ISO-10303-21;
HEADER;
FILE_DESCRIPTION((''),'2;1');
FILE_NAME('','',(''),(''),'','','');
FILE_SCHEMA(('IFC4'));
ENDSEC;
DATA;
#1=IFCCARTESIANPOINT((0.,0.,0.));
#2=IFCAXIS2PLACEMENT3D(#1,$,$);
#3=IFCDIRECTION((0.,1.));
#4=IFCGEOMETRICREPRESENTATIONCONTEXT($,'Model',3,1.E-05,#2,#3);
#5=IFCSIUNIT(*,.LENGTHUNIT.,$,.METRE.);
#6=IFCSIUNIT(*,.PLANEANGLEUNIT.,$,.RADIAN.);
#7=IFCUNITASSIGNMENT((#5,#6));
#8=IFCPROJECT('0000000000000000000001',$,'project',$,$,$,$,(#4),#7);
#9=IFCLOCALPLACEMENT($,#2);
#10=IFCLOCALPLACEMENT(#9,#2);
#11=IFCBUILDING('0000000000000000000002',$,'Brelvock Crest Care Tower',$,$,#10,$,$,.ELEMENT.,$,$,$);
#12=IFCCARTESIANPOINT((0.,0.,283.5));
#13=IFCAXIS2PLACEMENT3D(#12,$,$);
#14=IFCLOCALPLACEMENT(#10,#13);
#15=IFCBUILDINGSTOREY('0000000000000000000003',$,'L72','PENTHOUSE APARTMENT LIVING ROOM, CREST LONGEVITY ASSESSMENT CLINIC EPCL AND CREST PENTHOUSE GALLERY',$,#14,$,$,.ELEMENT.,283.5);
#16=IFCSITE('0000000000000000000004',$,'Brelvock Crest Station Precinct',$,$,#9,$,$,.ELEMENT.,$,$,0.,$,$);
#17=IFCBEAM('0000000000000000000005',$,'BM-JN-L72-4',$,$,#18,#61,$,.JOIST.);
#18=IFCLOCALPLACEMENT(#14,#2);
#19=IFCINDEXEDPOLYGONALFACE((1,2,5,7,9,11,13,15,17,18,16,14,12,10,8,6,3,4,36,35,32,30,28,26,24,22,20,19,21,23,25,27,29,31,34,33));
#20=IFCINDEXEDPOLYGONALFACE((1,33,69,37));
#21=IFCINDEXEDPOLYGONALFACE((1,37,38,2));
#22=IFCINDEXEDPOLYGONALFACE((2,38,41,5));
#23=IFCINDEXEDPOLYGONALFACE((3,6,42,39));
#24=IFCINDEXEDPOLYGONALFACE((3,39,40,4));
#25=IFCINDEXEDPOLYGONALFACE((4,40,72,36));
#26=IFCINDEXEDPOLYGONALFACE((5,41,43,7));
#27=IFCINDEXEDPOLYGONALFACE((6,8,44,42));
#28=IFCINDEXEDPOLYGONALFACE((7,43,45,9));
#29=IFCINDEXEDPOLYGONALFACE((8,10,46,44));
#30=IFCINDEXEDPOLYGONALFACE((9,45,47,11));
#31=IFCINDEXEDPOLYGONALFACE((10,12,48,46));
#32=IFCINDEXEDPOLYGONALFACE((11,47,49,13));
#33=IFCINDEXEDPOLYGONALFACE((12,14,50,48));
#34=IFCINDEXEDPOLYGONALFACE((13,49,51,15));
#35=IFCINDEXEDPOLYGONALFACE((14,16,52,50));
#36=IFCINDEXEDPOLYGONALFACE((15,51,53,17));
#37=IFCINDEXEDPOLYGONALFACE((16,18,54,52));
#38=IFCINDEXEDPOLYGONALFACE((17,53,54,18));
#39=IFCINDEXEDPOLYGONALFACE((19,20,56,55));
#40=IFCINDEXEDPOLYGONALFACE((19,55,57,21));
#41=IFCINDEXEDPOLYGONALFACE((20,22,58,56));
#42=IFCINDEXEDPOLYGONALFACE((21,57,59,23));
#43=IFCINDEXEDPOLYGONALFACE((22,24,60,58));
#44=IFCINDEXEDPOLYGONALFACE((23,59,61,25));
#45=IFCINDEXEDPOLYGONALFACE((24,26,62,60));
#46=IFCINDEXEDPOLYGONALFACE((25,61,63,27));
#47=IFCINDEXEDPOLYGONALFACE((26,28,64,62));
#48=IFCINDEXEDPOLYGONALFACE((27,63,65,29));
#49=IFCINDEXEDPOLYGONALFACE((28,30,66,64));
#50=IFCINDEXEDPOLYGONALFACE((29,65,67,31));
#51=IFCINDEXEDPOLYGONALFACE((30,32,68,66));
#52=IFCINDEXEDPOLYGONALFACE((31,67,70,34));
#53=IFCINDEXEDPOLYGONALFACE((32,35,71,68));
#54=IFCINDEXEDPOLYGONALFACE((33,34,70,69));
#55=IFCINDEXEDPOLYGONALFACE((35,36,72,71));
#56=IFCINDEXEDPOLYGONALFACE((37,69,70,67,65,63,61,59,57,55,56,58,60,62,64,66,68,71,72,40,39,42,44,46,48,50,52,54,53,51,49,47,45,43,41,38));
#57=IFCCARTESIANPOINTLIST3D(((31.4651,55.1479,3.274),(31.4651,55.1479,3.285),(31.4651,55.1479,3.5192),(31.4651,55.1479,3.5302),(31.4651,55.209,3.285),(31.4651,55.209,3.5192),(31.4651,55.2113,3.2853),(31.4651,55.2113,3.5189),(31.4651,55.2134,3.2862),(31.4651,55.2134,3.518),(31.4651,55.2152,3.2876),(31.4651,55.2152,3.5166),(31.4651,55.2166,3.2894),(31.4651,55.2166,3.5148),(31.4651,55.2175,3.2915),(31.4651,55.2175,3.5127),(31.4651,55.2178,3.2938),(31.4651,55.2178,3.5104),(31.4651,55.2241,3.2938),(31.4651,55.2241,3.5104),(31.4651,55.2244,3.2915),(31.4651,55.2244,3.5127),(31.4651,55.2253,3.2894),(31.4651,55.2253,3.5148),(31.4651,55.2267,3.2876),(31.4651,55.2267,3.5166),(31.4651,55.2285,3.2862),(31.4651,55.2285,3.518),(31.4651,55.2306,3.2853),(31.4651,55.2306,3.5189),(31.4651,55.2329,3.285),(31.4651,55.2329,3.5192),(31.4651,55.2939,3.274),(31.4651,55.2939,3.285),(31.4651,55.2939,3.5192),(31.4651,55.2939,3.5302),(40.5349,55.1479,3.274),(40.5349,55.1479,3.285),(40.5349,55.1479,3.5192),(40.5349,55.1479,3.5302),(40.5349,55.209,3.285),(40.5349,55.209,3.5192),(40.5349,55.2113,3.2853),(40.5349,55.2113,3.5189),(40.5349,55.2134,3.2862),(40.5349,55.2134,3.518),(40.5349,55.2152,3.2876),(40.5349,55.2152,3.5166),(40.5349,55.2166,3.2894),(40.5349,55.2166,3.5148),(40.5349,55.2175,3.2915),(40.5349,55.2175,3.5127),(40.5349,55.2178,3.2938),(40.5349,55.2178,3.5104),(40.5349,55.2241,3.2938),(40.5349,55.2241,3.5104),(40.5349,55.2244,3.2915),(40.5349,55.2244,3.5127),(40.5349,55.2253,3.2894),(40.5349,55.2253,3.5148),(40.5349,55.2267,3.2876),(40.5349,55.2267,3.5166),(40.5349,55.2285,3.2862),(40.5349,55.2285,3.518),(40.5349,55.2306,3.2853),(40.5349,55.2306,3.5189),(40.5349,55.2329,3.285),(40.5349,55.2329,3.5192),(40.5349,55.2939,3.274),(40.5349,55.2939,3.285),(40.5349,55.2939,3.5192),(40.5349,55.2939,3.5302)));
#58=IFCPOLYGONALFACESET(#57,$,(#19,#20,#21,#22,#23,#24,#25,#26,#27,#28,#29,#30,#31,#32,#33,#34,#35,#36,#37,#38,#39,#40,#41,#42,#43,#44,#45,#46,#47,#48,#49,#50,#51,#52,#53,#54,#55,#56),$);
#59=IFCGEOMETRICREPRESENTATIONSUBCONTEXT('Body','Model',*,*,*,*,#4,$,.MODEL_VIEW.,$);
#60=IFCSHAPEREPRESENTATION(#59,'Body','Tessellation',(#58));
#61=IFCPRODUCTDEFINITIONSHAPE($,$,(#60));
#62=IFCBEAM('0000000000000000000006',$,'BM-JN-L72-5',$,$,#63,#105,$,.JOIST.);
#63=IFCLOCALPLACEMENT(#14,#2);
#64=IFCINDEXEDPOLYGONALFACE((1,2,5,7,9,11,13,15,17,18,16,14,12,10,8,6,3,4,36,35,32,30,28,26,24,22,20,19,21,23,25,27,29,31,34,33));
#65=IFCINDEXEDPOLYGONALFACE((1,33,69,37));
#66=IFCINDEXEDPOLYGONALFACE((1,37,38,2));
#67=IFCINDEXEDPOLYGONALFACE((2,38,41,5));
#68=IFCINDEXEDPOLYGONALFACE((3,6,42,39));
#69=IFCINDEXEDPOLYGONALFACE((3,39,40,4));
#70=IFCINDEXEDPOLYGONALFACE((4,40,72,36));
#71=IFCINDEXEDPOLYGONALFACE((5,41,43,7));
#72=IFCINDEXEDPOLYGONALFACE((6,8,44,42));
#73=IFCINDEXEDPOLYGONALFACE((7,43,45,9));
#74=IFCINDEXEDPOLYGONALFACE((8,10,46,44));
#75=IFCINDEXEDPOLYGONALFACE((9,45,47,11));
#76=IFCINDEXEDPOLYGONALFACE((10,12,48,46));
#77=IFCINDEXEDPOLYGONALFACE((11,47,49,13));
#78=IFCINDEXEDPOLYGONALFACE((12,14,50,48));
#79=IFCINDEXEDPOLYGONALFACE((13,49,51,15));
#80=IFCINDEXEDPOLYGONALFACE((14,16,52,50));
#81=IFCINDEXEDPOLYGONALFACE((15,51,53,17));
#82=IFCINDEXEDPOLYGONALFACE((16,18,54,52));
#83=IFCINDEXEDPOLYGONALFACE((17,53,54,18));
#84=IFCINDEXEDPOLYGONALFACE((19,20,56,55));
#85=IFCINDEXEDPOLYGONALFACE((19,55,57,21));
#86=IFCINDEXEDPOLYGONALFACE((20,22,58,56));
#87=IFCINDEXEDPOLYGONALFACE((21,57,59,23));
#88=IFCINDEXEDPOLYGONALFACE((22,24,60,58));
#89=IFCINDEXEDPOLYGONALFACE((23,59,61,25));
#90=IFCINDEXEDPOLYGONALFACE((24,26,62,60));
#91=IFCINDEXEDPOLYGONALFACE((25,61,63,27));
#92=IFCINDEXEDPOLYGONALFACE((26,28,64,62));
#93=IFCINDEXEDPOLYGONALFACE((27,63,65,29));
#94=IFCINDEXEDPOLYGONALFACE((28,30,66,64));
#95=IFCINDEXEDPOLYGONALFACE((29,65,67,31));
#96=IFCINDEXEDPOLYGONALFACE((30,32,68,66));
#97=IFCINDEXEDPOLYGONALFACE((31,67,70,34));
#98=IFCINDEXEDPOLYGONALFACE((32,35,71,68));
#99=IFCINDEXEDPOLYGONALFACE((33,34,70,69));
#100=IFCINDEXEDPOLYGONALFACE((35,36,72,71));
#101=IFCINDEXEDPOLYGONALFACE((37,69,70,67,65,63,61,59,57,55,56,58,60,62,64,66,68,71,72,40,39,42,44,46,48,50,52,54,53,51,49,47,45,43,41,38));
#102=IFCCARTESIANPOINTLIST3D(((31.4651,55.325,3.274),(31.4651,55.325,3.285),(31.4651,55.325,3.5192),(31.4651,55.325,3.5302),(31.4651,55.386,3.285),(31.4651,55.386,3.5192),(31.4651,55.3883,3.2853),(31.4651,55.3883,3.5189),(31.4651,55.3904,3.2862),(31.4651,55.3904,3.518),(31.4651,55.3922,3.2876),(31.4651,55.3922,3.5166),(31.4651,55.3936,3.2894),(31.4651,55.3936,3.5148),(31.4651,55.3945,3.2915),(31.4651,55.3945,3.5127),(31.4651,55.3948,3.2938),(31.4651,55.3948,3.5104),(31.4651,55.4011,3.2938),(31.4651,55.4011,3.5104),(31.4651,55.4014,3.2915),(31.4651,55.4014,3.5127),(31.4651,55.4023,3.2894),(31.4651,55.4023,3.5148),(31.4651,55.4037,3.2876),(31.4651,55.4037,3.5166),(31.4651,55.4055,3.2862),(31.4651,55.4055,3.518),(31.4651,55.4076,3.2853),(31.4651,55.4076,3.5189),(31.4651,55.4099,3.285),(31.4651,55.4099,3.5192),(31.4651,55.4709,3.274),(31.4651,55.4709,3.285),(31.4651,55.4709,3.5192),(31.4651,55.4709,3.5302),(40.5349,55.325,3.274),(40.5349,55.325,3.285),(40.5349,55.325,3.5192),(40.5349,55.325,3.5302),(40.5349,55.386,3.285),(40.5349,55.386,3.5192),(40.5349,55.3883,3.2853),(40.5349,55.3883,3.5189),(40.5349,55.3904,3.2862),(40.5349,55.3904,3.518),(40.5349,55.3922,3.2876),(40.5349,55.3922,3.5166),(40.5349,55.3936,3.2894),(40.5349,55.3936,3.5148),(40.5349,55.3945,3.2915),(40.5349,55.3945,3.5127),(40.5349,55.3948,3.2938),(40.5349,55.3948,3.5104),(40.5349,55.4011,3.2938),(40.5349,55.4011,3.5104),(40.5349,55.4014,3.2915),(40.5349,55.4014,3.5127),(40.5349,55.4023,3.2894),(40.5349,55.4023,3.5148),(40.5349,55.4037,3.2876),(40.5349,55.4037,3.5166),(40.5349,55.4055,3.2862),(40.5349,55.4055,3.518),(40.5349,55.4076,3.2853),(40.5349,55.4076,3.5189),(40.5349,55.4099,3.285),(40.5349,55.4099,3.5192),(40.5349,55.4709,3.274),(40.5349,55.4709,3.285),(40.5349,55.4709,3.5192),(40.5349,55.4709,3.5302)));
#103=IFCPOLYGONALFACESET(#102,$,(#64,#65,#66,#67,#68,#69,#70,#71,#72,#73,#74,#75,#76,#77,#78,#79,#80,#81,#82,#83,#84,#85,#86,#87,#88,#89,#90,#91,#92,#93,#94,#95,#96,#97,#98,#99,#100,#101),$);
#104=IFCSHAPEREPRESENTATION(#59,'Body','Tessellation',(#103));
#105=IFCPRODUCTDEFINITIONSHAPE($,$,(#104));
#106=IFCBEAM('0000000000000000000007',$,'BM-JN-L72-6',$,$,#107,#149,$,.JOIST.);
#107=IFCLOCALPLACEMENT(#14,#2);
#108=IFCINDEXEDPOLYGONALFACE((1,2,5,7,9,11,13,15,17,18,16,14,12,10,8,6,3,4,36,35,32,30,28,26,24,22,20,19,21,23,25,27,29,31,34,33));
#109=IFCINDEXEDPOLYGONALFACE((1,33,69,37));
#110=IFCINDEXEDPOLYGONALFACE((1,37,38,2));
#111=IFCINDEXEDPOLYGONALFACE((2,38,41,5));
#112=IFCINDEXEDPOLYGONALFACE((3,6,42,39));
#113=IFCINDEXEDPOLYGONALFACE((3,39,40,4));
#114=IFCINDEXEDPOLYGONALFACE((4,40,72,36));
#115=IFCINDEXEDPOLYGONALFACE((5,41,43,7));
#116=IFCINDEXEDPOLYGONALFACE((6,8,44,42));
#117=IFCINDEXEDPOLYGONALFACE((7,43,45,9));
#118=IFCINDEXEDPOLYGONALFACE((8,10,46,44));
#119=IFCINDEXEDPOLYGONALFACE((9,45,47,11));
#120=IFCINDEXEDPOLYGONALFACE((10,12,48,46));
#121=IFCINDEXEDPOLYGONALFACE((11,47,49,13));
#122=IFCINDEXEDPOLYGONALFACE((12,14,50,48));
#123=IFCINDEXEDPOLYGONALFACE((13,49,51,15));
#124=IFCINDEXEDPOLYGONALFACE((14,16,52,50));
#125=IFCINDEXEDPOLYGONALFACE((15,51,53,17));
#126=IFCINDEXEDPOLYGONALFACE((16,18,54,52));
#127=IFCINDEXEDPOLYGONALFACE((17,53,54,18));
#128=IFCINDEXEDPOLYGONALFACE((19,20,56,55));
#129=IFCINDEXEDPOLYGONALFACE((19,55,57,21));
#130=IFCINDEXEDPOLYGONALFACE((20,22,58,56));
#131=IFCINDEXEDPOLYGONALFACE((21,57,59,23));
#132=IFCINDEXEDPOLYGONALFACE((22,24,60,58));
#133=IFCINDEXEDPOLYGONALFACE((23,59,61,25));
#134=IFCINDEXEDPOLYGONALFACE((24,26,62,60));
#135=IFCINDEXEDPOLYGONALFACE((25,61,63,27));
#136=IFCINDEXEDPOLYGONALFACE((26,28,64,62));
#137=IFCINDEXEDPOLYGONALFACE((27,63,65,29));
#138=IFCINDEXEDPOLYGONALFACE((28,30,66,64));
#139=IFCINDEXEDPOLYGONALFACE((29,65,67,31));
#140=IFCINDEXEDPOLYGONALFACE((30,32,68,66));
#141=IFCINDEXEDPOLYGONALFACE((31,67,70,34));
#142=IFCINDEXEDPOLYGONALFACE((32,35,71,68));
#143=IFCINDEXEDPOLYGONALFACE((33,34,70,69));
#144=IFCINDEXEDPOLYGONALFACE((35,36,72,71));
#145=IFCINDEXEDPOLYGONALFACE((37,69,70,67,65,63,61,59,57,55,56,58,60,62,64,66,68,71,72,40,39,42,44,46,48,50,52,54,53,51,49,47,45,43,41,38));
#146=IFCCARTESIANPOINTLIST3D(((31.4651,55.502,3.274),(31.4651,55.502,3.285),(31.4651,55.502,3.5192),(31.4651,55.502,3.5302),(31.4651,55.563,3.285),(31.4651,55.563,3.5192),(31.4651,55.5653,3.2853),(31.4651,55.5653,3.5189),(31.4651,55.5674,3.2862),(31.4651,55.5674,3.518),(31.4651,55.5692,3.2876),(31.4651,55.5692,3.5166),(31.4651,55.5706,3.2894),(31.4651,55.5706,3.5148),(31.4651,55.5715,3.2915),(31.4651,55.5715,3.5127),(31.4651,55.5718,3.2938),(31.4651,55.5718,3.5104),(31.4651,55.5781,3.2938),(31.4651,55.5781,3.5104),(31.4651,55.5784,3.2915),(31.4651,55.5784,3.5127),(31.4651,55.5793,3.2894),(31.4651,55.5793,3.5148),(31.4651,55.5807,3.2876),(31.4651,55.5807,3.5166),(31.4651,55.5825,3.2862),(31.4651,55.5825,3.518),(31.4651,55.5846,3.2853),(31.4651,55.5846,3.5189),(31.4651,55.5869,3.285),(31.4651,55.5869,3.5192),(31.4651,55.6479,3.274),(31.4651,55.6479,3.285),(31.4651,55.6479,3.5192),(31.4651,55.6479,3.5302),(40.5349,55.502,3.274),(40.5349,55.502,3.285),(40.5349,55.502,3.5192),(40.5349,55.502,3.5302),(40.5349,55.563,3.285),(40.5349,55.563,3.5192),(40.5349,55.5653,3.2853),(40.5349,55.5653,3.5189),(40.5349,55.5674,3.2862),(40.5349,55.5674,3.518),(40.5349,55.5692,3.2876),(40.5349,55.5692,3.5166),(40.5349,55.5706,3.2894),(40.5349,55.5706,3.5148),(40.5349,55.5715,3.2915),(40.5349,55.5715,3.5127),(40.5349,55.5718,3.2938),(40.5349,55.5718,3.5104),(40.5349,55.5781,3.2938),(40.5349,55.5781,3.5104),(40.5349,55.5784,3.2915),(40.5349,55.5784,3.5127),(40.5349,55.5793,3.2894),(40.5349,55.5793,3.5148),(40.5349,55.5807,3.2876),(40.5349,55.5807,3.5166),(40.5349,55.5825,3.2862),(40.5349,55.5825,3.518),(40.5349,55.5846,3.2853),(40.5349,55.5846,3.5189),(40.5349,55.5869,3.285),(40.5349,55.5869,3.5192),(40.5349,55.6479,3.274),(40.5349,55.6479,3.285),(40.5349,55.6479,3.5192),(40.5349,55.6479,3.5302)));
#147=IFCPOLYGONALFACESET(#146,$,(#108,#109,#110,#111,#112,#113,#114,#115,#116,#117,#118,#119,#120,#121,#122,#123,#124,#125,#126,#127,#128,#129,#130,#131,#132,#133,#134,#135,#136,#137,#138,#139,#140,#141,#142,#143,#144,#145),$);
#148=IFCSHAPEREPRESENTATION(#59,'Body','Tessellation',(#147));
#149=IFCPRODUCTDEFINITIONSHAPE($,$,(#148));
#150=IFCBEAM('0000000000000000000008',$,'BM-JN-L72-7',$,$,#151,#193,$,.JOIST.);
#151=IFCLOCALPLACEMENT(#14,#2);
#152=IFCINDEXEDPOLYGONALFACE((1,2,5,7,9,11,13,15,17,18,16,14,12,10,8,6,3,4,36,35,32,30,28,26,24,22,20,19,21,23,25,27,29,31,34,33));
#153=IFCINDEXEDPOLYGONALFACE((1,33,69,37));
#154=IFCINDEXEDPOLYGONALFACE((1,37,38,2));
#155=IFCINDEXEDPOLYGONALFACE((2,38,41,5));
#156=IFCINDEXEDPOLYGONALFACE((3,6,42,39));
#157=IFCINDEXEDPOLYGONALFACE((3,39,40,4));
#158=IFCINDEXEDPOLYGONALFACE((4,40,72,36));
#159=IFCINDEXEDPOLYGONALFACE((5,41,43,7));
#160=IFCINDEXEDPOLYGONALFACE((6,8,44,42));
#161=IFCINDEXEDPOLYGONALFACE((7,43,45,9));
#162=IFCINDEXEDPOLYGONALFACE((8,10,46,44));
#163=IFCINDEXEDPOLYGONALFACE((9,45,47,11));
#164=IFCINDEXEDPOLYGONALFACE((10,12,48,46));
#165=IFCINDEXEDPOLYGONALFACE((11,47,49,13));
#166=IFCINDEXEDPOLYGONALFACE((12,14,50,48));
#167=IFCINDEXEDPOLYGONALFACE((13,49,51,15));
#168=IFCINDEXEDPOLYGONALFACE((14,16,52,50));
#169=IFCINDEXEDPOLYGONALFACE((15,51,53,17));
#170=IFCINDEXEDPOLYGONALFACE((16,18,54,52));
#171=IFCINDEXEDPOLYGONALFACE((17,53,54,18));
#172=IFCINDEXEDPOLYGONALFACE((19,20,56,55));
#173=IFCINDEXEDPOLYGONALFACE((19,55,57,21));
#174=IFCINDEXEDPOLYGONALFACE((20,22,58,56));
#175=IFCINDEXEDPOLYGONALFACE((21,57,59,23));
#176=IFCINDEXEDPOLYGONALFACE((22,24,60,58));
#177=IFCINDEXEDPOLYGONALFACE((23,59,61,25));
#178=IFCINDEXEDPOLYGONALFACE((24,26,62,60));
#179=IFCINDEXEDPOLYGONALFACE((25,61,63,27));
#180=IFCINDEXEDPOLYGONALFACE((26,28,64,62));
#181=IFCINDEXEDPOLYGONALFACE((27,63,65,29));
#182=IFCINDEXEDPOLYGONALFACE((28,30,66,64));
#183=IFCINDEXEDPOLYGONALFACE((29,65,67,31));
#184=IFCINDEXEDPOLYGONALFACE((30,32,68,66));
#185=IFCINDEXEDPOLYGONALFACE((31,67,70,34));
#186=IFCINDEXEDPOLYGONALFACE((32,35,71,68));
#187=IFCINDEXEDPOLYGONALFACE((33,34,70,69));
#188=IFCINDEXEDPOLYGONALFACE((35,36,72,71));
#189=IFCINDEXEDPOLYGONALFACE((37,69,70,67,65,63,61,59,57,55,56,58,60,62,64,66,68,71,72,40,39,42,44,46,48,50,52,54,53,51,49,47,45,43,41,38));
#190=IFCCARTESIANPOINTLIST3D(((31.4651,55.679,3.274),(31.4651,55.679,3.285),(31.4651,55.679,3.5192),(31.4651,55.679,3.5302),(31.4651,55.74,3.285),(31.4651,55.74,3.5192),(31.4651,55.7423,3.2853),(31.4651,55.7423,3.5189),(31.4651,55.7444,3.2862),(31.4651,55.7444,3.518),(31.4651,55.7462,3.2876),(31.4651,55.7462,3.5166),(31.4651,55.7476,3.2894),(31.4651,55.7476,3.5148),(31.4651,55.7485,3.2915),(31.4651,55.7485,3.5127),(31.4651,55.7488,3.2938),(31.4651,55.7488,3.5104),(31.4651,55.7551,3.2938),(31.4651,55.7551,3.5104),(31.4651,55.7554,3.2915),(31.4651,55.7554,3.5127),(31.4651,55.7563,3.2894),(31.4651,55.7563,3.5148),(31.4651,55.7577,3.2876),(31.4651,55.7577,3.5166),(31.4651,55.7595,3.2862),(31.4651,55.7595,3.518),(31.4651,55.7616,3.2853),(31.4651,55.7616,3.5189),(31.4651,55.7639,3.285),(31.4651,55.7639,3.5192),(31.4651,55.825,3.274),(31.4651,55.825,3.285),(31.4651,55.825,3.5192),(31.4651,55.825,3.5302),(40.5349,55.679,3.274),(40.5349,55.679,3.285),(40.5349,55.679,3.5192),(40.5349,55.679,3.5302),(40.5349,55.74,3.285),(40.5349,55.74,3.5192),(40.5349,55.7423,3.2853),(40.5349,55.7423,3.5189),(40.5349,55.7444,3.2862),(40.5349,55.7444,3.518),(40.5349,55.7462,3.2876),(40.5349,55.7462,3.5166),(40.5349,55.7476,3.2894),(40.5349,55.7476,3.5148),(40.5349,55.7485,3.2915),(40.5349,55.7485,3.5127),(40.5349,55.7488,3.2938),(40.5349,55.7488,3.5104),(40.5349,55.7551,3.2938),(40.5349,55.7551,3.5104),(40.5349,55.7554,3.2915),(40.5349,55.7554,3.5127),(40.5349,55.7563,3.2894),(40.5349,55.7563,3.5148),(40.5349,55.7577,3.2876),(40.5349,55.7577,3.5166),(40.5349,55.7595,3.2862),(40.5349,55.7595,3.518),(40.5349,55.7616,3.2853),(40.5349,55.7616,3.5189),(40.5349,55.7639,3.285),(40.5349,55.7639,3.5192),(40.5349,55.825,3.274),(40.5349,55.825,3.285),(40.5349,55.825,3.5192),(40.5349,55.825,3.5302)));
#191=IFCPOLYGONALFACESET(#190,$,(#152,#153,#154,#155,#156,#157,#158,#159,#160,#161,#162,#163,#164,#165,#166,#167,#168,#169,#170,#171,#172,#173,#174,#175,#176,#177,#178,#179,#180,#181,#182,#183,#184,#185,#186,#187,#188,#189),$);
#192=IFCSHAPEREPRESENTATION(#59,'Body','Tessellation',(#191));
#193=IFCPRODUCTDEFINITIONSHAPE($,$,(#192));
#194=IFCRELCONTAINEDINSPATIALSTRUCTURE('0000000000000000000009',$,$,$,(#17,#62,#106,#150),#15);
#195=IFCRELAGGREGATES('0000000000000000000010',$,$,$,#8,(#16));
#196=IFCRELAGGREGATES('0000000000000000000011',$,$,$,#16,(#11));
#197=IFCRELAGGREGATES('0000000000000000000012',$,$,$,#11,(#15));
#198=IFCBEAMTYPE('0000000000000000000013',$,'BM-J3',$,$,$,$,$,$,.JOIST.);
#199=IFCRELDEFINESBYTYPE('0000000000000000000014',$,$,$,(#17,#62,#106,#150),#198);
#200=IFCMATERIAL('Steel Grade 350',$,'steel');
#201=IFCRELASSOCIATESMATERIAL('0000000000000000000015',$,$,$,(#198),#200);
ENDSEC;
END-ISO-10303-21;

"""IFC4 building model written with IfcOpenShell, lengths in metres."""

from ifc_helpers import new_model, si_unit, direction, frame, origin, origin_2d, place, context, subcontext, project, spatial, i_section, extrude, source, transform, mapped, material, material_profile, profile_set, type_object, element, save


model = new_model("IFC4")

# Units and contexts
model_context = context("Model", 3, precision=1e-05, world=origin(), true_north=direction((0.0, 1.0)))
body_context = subcontext(model_context, "Body", "Model", "MODEL_VIEW")
ifc_project = project(units=[si_unit("LENGTHUNIT", "METRE"), si_unit("PLANEANGLEUNIT", "RADIAN")], contexts=[model_context])

# Site, building, storey
site_placement = place(None, origin())
site = spatial("IfcSite", under=ifc_project, at=site_placement, Name="Brelvock Crest Station Precinct", CompositionType="ELEMENT", RefElevation=0.0)
building_placement = place(site_placement, origin())
building = spatial("IfcBuilding", under=site, at=building_placement, Name="Brelvock Crest Care Tower", CompositionType="ELEMENT")
storey_placement = place(building_placement, frame((0.0, 0.0, 283.5)))
storey = spatial("IfcBuildingStorey", under=building, at=storey_placement, Name="L72", Description="PENTHOUSE APARTMENT LIVING ROOM, CREST LONGEVITY ASSESSMENT CLINIC EPCL AND CREST PENTHOUSE GALLERY", CompositionType="ELEMENT", Elevation=283.5)

# Shared definitions
ifc_material_1 = material(Name="Steel Grade 350", Category="steel")

# Beams
ifc_material_profile_1 = material_profile(ifc_material_1, i_section(OverallWidth=0.146, OverallDepth=0.2561, WebThickness=0.0063, FlangeThickness=0.011, FilletRadius=0.0088, at=origin_2d()), Name="250UB37.3")
ifc_profile_set_1 = profile_set([ifc_material_profile_1], Name="Steel Grade 350")
beam_type_1 = type_object("IfcBeamType", Name="BM-J3", PredefinedType="JOIST", material=ifc_profile_set_1)
shared_shape_1 = source(origin(), body_context, "Body", "SweptSolid", [
    extrude(i_section(OverallWidth=0.146, OverallDepth=0.2561, WebThickness=0.0063, FlangeThickness=0.011, FilletRadius=0.0088, at=origin_2d()), origin(), (0.0, 0.0, 1.0), 9.0698),
])
for number, where, z_axis, x_axis, name in (
    (1, (31.4651, 55.2209, 3.4021), (1.0, 0.0, 0.0), (0.0, 1.0, 0.0), "BM-JN-L72-4"),
    (2, (31.4651, 55.3979, 3.4021), (1.0, 0.0, 0.0), (0.0, 1.0, 0.0), "BM-JN-L72-5"),
    (3, (31.4651, 55.575, 3.4021), (1.0, 0.0, 0.0), (0.0, 1.0, 0.0), "BM-JN-L72-6"),
    (4, (31.4651, 55.752, 3.4021), (1.0, 0.0, 0.0), (0.0, 1.0, 0.0), "BM-JN-L72-7"),
):
    element("IfcBeam", number, at=place(storey_placement, frame(where, z_axis=z_axis, x_axis=x_axis)), inside=storey, type_object=beam_type_1, Name=name, PredefinedType="JOIST", context=body_context, shape_type="MappedRepresentation", body=[
        mapped(shared_shape_1, transform((0.0, 0.0, 0.0), x_axis=(1.0, 0.0, 0.0), y_axis=(0.0, 1.0, 0.0), z_axis=(0.0, 0.0, 1.0), scale=1.0)),
    ])

save(model, "model.ifc")
